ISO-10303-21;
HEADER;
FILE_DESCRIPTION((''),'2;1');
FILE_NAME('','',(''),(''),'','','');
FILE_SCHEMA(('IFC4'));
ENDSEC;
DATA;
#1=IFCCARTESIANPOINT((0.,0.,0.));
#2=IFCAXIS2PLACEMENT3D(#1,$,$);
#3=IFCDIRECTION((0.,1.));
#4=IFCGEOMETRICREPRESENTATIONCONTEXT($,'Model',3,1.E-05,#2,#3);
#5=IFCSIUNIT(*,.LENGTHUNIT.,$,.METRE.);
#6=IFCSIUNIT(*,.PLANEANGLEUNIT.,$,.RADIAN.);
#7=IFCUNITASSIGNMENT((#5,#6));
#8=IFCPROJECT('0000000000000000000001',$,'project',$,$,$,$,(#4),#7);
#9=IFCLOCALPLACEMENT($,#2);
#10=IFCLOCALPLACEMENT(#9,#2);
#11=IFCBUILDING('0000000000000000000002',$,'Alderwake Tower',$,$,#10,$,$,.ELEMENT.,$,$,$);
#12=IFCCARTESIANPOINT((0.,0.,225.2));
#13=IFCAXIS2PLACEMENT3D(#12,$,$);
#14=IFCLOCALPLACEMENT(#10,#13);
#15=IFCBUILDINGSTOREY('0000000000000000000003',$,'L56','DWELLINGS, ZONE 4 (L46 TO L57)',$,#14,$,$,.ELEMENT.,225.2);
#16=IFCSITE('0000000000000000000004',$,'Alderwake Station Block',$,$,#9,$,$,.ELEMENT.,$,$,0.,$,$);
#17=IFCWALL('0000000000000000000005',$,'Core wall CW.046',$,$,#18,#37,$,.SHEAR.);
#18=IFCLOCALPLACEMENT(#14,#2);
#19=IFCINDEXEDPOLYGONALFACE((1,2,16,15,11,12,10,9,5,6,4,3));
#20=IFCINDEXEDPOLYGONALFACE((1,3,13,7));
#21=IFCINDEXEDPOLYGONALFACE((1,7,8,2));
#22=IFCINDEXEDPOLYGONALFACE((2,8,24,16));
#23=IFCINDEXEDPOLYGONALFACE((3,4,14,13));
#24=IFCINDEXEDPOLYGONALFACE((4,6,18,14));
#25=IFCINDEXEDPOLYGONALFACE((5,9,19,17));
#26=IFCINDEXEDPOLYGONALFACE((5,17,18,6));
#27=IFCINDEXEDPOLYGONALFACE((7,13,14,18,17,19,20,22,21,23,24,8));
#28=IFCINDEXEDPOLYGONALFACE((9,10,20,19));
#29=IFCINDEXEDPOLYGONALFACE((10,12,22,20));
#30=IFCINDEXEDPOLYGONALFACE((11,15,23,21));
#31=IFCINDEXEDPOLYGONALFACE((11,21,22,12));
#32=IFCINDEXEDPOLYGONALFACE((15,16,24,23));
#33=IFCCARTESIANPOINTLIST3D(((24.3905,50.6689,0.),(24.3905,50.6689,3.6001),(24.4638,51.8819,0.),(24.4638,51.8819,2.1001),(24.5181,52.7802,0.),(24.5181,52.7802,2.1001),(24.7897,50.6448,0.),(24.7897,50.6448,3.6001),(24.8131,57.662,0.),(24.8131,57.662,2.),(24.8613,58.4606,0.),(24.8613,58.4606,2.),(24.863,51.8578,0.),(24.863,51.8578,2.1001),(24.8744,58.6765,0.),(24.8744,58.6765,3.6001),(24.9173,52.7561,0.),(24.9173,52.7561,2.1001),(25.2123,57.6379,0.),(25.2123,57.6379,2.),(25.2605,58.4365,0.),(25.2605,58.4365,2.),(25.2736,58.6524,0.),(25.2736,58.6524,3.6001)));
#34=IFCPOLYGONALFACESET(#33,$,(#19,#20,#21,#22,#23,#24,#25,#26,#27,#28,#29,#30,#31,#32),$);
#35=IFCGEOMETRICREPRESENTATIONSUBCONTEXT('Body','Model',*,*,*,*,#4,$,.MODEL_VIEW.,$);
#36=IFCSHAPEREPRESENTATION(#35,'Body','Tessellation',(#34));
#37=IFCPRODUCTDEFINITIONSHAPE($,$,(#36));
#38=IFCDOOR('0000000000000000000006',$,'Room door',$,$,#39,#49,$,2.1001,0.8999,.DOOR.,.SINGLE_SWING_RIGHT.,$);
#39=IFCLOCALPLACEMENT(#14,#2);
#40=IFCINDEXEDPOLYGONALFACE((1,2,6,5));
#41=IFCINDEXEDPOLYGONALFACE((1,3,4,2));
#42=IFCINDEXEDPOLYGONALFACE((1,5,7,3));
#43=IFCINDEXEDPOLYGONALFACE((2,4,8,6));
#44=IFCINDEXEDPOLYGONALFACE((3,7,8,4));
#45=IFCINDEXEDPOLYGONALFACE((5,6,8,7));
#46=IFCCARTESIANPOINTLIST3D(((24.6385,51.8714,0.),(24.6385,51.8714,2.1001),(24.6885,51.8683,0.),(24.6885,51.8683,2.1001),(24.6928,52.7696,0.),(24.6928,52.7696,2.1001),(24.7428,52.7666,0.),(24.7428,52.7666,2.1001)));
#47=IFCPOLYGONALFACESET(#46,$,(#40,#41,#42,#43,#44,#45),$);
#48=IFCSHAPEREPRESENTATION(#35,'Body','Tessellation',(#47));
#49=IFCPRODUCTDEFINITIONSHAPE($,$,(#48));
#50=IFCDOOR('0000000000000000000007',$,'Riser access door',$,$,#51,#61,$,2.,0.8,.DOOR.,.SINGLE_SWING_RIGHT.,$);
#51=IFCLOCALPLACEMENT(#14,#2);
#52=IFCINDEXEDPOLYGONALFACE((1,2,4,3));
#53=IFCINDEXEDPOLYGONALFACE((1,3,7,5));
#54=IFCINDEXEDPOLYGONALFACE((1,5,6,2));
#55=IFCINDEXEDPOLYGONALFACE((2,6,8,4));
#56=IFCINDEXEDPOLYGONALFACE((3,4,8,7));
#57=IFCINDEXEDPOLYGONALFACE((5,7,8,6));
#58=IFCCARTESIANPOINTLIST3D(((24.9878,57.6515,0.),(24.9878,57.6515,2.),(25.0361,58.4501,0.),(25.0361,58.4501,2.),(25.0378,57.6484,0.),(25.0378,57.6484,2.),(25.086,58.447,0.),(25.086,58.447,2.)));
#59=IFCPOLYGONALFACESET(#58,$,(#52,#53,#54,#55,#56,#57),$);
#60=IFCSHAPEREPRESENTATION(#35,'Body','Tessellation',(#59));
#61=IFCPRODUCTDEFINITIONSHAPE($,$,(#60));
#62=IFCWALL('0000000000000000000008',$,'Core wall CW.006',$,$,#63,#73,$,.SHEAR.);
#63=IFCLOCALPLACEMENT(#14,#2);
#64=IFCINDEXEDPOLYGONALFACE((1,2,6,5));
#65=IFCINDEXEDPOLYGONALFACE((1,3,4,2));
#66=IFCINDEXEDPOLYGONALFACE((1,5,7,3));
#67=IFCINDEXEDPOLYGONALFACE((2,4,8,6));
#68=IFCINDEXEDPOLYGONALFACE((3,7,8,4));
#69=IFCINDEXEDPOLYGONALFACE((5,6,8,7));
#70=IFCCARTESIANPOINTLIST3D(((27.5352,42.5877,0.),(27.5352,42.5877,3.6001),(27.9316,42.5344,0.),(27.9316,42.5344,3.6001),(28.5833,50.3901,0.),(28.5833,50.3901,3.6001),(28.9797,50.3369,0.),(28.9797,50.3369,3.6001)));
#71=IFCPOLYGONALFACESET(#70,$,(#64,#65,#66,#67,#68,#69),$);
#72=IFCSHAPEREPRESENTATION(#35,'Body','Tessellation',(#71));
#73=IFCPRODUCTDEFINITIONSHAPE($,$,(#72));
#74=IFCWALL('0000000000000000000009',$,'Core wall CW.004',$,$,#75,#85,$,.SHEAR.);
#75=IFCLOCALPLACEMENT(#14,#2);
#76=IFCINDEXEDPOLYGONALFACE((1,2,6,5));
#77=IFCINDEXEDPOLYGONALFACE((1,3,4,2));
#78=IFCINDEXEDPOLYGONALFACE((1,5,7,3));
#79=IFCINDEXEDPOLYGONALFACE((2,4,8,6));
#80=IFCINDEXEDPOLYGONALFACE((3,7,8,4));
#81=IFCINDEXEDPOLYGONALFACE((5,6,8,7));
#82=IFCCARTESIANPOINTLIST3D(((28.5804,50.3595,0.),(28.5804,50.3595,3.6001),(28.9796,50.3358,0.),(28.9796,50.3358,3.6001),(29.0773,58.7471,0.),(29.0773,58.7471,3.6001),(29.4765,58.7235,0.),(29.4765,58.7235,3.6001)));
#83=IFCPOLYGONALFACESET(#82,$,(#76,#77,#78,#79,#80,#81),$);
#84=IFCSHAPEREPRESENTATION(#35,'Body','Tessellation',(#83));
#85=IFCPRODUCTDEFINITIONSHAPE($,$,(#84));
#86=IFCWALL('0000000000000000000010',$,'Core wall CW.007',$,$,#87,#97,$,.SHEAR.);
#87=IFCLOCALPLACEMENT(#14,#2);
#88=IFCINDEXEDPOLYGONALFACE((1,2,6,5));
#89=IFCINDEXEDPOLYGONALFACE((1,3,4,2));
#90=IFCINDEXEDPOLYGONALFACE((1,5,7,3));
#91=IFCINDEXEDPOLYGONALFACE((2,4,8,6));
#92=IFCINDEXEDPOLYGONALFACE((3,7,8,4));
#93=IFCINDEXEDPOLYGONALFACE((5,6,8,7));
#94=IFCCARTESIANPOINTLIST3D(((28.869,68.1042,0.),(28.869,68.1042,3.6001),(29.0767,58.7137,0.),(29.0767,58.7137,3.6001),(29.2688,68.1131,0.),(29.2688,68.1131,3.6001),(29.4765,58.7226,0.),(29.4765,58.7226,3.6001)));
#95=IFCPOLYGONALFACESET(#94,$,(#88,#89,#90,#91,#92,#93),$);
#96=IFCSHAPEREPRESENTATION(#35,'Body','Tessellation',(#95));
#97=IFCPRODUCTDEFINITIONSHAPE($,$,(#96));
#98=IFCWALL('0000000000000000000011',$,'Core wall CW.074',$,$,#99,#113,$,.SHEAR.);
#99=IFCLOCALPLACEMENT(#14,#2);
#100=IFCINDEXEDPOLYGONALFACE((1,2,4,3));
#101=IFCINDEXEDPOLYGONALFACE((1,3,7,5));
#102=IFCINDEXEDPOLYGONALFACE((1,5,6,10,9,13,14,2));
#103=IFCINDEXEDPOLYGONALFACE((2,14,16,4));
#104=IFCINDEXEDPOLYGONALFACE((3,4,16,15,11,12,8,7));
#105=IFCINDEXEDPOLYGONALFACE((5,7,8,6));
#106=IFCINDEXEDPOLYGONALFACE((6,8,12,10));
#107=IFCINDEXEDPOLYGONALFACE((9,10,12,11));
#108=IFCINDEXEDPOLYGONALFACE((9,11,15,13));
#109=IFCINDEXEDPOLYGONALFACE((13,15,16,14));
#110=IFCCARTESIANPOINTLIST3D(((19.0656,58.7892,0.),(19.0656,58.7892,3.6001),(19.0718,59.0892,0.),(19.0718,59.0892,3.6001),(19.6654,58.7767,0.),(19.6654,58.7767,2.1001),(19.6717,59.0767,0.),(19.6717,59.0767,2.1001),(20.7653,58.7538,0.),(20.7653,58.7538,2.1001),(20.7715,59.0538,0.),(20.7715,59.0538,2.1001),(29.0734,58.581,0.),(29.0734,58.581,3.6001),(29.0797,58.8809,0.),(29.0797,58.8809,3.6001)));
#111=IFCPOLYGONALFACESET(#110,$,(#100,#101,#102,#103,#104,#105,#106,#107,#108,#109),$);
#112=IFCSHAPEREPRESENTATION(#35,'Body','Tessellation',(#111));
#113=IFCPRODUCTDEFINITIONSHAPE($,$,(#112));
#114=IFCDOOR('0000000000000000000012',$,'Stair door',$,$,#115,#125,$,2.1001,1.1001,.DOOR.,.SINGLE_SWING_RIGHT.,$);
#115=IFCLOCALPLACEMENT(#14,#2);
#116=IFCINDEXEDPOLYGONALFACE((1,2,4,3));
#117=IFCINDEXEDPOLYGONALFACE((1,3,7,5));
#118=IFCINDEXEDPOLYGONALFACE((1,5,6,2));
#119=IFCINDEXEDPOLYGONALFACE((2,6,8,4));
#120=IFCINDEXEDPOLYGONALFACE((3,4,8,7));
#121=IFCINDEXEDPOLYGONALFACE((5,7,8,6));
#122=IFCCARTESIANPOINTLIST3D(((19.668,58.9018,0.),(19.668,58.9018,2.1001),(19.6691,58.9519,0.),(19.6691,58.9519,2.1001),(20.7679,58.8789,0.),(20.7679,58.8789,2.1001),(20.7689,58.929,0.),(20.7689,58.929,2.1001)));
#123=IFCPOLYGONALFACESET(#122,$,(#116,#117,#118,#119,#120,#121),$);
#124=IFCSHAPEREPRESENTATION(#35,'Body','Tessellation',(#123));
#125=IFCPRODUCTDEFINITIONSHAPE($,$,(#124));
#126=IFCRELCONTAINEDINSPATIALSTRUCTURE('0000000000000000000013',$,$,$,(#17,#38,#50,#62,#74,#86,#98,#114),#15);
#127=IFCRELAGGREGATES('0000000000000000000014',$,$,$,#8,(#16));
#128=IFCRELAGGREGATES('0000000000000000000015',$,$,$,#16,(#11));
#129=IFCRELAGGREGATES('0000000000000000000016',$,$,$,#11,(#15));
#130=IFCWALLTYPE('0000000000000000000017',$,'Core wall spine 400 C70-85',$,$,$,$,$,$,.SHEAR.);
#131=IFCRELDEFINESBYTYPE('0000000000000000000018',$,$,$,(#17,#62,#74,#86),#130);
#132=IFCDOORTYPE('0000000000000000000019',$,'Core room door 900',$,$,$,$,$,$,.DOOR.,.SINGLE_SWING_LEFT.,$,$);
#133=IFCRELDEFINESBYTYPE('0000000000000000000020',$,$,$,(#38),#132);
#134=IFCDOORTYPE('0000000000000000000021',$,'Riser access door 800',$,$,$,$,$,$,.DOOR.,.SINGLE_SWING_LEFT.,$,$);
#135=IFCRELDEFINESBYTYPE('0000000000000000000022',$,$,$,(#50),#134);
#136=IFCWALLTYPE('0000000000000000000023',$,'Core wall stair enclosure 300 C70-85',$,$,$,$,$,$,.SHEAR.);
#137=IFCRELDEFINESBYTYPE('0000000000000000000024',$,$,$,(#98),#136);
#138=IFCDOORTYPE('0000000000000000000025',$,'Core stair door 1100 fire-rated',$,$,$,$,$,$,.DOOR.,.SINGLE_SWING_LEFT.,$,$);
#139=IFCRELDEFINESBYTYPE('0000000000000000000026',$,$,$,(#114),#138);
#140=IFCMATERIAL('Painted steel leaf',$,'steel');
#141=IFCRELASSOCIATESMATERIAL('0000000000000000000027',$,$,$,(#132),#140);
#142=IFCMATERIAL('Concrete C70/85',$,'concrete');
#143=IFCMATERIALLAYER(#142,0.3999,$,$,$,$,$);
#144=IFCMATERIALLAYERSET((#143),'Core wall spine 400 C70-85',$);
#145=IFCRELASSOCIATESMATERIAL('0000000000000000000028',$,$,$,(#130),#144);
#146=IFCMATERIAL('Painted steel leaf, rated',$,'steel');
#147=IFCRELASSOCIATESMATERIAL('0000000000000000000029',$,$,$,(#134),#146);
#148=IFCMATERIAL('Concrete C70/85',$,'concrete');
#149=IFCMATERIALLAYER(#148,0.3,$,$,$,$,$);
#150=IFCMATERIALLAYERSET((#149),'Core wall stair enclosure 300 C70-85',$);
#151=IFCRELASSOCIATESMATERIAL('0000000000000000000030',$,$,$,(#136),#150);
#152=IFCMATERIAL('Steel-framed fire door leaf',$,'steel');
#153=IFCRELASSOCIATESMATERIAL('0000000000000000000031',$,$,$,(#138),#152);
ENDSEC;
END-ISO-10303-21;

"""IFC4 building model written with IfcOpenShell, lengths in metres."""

from ifc_helpers import new_model, si_unit, direction, frame, frame_2d, origin, place, context, subcontext, project, spatial, rectangle, extrude, material, layer, layer_set, type_object, element, fill, save


model = new_model("IFC4")

# Units and contexts
model_context = context("Model", 3, precision=1e-05, world=origin(), true_north=direction((0.0, 1.0)))
body_context = subcontext(model_context, "Body", "Model", "MODEL_VIEW")
ifc_project = project(units=[si_unit("LENGTHUNIT", "METRE"), si_unit("PLANEANGLEUNIT", "RADIAN")], contexts=[model_context])

# Site, building, storey
site_placement = place(None, origin())
site = spatial("IfcSite", under=ifc_project, at=site_placement, Name="Alderwake Station Block", CompositionType="ELEMENT", RefElevation=0.0)
building_placement = place(site_placement, origin())
building = spatial("IfcBuilding", under=site, at=building_placement, Name="Alderwake Tower", CompositionType="ELEMENT")
storey_placement = place(building_placement, frame((0.0, 0.0, 225.2)))
storey = spatial("IfcBuildingStorey", under=building, at=storey_placement, Name="L56", Description="DWELLINGS, ZONE 4 (L46 TO L57)", CompositionType="ELEMENT", Elevation=225.2)

# Shared definitions
ifc_material_1 = material(Name="Painted steel leaf", Category="steel")
door_type_1 = type_object("IfcDoorType", Name="Core room door 900", OperationType="SINGLE_SWING_LEFT", PredefinedType="DOOR", material=ifc_material_1)

# Wall, openings, doors
ifc_material_2 = material(Name="Concrete C70/85", Category="concrete")
ifc_layer_1 = layer(ifc_material_2, 0.3999)
ifc_layer_set_1 = layer_set([ifc_layer_1], Name="Core wall spine 400 C70-85")
wall_type_1 = type_object("IfcWallType", Name="Core wall spine 400 C70-85", PredefinedType="SHEAR", material=ifc_layer_set_1)
wall_1_placement = place(storey_placement, frame((24.5901, 50.6567, 0.0), z_axis=(0.0, 0.0, 1.0), x_axis=(0.060319, 0.998179, 0.0)))
wall_1 = element("IfcWall", 1, at=wall_1_placement, inside=storey, type_object=wall_type_1, Name="Core wall CW.046", PredefinedType="SHEAR", context=body_context, shape_type="SweptSolid", body=[
    extrude(rectangle(XDim=8.0222, YDim=0.3999, at=frame_2d((4.0112, 0.0))), origin(), (0.0, 0.0, 1.0), 3.6001),
])
opening_1_placement = place(wall_1_placement, frame((7.0061, 0.0, 0.0)))
opening_1 = element("IfcOpeningElement", 2, at=opening_1_placement, cuts=wall_1, PredefinedType="OPENING", context=body_context, shape_type="SweptSolid", body=[
    extrude(rectangle(XDim=0.8, YDim=2.0, at=frame_2d((0.3999, 1.0))), frame((0.0, 0.21, 0.0), z_axis=(0.0, -1.0, 0.0), x_axis=(1.0, 0.0, 0.0)), (0.0, 0.0, 1.0), 0.4199),
])
opening_2_placement = place(wall_1_placement, frame((1.2153, 0.0, 0.0)))
opening_2 = element("IfcOpeningElement", 3, at=opening_2_placement, cuts=wall_1, PredefinedType="OPENING", context=body_context, shape_type="SweptSolid", body=[
    extrude(rectangle(XDim=0.8999, YDim=2.1001, at=frame_2d((0.45, 1.05))), frame((0.0, 0.21, 0.0), z_axis=(0.0, -1.0, 0.0), x_axis=(1.0, 0.0, 0.0)), (0.0, 0.0, 1.0), 0.4199),
])
door_1_placement = place(opening_2_placement, origin())
door_1 = element("IfcDoor", 4, at=door_1_placement, inside=storey, type_object=door_type_1, Name="Room door", OperationType="SINGLE_SWING_RIGHT", OverallHeight=2.1001, OverallWidth=0.8999, PredefinedType="DOOR", context=body_context, shape_type="SweptSolid", body=[
    extrude(rectangle(XDim=0.8999, YDim=2.1001, at=frame_2d((0.45, 1.05))), frame((0.0, 0.0249, 0.0), z_axis=(0.0, -1.0, 0.0), x_axis=(1.0, 0.0, 0.0)), (0.0, 0.0, 1.0), 0.05),
])
fill(opening_2, door_1)
ifc_material_3 = material(Name="Painted steel leaf, rated", Category="steel")
door_type_2 = type_object("IfcDoorType", Name="Riser access door 800", OperationType="SINGLE_SWING_LEFT", PredefinedType="DOOR", material=ifc_material_3)
door_2_placement = place(opening_1_placement, origin())
door_2 = element("IfcDoor", 5, at=door_2_placement, inside=storey, type_object=door_type_2, Name="Riser access door", OperationType="SINGLE_SWING_RIGHT", OverallHeight=2.0, OverallWidth=0.8, PredefinedType="DOOR", context=body_context, shape_type="SweptSolid", body=[
    extrude(rectangle(XDim=0.8, YDim=2.0, at=frame_2d((0.3999, 1.0))), frame((0.0, 0.0249, 0.0), z_axis=(0.0, -1.0, 0.0), x_axis=(1.0, 0.0, 0.0)), (0.0, 0.0, 1.0), 0.05),
])
fill(opening_1, door_2)

# Walls
wall_2_placement = place(storey_placement, frame((27.7334, 42.561, 0.0), z_axis=(0.0, 0.0, 1.0), x_axis=(0.133133, 0.991098, 0.0)))
element("IfcWall", 6, at=wall_2_placement, inside=storey, type_object=wall_type_1, Name="Core wall CW.006", PredefinedType="SHEAR", context=body_context, shape_type="SweptSolid", body=[
    extrude(rectangle(XDim=7.8726, YDim=0.3999, at=frame_2d((3.9363, 0.0))), origin(), (0.0, 0.0, 1.0), 3.6001),
])
wall_3_placement = place(storey_placement, frame((28.78, 50.3477, 0.0), z_axis=(0.0, 0.0, 1.0), x_axis=(0.059129, 0.99825, 0.0)))
element("IfcWall", 7, at=wall_3_placement, inside=storey, type_object=wall_type_1, Name="Core wall CW.004", PredefinedType="SHEAR", context=body_context, shape_type="SweptSolid", body=[
    extrude(rectangle(XDim=8.4023, YDim=0.3999, at=frame_2d((4.2012, 0.0))), origin(), (0.0, 0.0, 1.0), 3.6001),
])
wall_4_placement = place(storey_placement, frame((29.2766, 58.7183, 0.0), z_axis=(0.0, 0.0, 1.0), x_axis=(-0.022119, 0.999755, 0.0)))
element("IfcWall", 8, at=wall_4_placement, inside=storey, type_object=wall_type_1, Name="Core wall CW.007", PredefinedType="SHEAR", context=body_context, shape_type="SweptSolid", body=[
    extrude(rectangle(XDim=9.3928, YDim=0.3999, at=frame_2d((4.6963, 0.0))), origin(), (0.0, 0.0, 1.0), 3.6001),
])

# Wall, opening, door
ifc_material_4 = material(Name="Concrete C70/85", Category="concrete")
ifc_layer_2 = layer(ifc_material_4, 0.3)
ifc_layer_set_2 = layer_set([ifc_layer_2], Name="Core wall stair enclosure 300 C70-85")
wall_type_2 = type_object("IfcWallType", Name="Core wall stair enclosure 300 C70-85", PredefinedType="SHEAR", material=ifc_layer_set_2)
wall_5_placement = place(storey_placement, frame((29.0764, 58.731, 0.0), z_axis=(0.0, 0.0, 1.0), x_axis=(-0.999784, 0.020804, 0.0)))
wall_5 = element("IfcWall", 9, at=wall_5_placement, inside=storey, type_object=wall_type_2, Name="Core wall CW.074", PredefinedType="SHEAR", context=body_context, shape_type="SweptSolid", body=[
    extrude(rectangle(XDim=10.01, YDim=0.3, at=frame_2d((5.0049, 0.0))), origin(), (0.0, 0.0, 1.0), 3.6001),
])
opening_3_placement = place(wall_5_placement, frame((8.3098, 0.0, 0.0)))
opening_3 = element("IfcOpeningElement", 10, at=opening_3_placement, cuts=wall_5, PredefinedType="OPENING", context=body_context, shape_type="SweptSolid", body=[
    extrude(rectangle(XDim=1.1001, YDim=2.1001, at=frame_2d((0.55, 1.05))), frame((0.0, 0.1599, 0.0), z_axis=(0.0, -1.0, 0.0), x_axis=(1.0, 0.0, 0.0)), (0.0, 0.0, 1.0), 0.3201),
])
ifc_material_5 = material(Name="Steel-framed fire door leaf", Category="steel")
door_type_3 = type_object("IfcDoorType", Name="Core stair door 1100 fire-rated", OperationType="SINGLE_SWING_LEFT", PredefinedType="DOOR", material=ifc_material_5)
door_3_placement = place(opening_3_placement, origin())
door_3 = element("IfcDoor", 11, at=door_3_placement, inside=storey, type_object=door_type_3, Name="Stair door", OperationType="SINGLE_SWING_RIGHT", OverallHeight=2.1001, OverallWidth=1.1001, PredefinedType="DOOR", context=body_context, shape_type="SweptSolid", body=[
    extrude(rectangle(XDim=1.1001, YDim=2.1001, at=frame_2d((0.55, 1.05))), frame((0.0, 0.0249, 0.0), z_axis=(0.0, -1.0, 0.0), x_axis=(1.0, 0.0, 0.0)), (0.0, 0.0, 1.0), 0.05),
])
fill(opening_3, door_3)

save(model, "model.ifc")
